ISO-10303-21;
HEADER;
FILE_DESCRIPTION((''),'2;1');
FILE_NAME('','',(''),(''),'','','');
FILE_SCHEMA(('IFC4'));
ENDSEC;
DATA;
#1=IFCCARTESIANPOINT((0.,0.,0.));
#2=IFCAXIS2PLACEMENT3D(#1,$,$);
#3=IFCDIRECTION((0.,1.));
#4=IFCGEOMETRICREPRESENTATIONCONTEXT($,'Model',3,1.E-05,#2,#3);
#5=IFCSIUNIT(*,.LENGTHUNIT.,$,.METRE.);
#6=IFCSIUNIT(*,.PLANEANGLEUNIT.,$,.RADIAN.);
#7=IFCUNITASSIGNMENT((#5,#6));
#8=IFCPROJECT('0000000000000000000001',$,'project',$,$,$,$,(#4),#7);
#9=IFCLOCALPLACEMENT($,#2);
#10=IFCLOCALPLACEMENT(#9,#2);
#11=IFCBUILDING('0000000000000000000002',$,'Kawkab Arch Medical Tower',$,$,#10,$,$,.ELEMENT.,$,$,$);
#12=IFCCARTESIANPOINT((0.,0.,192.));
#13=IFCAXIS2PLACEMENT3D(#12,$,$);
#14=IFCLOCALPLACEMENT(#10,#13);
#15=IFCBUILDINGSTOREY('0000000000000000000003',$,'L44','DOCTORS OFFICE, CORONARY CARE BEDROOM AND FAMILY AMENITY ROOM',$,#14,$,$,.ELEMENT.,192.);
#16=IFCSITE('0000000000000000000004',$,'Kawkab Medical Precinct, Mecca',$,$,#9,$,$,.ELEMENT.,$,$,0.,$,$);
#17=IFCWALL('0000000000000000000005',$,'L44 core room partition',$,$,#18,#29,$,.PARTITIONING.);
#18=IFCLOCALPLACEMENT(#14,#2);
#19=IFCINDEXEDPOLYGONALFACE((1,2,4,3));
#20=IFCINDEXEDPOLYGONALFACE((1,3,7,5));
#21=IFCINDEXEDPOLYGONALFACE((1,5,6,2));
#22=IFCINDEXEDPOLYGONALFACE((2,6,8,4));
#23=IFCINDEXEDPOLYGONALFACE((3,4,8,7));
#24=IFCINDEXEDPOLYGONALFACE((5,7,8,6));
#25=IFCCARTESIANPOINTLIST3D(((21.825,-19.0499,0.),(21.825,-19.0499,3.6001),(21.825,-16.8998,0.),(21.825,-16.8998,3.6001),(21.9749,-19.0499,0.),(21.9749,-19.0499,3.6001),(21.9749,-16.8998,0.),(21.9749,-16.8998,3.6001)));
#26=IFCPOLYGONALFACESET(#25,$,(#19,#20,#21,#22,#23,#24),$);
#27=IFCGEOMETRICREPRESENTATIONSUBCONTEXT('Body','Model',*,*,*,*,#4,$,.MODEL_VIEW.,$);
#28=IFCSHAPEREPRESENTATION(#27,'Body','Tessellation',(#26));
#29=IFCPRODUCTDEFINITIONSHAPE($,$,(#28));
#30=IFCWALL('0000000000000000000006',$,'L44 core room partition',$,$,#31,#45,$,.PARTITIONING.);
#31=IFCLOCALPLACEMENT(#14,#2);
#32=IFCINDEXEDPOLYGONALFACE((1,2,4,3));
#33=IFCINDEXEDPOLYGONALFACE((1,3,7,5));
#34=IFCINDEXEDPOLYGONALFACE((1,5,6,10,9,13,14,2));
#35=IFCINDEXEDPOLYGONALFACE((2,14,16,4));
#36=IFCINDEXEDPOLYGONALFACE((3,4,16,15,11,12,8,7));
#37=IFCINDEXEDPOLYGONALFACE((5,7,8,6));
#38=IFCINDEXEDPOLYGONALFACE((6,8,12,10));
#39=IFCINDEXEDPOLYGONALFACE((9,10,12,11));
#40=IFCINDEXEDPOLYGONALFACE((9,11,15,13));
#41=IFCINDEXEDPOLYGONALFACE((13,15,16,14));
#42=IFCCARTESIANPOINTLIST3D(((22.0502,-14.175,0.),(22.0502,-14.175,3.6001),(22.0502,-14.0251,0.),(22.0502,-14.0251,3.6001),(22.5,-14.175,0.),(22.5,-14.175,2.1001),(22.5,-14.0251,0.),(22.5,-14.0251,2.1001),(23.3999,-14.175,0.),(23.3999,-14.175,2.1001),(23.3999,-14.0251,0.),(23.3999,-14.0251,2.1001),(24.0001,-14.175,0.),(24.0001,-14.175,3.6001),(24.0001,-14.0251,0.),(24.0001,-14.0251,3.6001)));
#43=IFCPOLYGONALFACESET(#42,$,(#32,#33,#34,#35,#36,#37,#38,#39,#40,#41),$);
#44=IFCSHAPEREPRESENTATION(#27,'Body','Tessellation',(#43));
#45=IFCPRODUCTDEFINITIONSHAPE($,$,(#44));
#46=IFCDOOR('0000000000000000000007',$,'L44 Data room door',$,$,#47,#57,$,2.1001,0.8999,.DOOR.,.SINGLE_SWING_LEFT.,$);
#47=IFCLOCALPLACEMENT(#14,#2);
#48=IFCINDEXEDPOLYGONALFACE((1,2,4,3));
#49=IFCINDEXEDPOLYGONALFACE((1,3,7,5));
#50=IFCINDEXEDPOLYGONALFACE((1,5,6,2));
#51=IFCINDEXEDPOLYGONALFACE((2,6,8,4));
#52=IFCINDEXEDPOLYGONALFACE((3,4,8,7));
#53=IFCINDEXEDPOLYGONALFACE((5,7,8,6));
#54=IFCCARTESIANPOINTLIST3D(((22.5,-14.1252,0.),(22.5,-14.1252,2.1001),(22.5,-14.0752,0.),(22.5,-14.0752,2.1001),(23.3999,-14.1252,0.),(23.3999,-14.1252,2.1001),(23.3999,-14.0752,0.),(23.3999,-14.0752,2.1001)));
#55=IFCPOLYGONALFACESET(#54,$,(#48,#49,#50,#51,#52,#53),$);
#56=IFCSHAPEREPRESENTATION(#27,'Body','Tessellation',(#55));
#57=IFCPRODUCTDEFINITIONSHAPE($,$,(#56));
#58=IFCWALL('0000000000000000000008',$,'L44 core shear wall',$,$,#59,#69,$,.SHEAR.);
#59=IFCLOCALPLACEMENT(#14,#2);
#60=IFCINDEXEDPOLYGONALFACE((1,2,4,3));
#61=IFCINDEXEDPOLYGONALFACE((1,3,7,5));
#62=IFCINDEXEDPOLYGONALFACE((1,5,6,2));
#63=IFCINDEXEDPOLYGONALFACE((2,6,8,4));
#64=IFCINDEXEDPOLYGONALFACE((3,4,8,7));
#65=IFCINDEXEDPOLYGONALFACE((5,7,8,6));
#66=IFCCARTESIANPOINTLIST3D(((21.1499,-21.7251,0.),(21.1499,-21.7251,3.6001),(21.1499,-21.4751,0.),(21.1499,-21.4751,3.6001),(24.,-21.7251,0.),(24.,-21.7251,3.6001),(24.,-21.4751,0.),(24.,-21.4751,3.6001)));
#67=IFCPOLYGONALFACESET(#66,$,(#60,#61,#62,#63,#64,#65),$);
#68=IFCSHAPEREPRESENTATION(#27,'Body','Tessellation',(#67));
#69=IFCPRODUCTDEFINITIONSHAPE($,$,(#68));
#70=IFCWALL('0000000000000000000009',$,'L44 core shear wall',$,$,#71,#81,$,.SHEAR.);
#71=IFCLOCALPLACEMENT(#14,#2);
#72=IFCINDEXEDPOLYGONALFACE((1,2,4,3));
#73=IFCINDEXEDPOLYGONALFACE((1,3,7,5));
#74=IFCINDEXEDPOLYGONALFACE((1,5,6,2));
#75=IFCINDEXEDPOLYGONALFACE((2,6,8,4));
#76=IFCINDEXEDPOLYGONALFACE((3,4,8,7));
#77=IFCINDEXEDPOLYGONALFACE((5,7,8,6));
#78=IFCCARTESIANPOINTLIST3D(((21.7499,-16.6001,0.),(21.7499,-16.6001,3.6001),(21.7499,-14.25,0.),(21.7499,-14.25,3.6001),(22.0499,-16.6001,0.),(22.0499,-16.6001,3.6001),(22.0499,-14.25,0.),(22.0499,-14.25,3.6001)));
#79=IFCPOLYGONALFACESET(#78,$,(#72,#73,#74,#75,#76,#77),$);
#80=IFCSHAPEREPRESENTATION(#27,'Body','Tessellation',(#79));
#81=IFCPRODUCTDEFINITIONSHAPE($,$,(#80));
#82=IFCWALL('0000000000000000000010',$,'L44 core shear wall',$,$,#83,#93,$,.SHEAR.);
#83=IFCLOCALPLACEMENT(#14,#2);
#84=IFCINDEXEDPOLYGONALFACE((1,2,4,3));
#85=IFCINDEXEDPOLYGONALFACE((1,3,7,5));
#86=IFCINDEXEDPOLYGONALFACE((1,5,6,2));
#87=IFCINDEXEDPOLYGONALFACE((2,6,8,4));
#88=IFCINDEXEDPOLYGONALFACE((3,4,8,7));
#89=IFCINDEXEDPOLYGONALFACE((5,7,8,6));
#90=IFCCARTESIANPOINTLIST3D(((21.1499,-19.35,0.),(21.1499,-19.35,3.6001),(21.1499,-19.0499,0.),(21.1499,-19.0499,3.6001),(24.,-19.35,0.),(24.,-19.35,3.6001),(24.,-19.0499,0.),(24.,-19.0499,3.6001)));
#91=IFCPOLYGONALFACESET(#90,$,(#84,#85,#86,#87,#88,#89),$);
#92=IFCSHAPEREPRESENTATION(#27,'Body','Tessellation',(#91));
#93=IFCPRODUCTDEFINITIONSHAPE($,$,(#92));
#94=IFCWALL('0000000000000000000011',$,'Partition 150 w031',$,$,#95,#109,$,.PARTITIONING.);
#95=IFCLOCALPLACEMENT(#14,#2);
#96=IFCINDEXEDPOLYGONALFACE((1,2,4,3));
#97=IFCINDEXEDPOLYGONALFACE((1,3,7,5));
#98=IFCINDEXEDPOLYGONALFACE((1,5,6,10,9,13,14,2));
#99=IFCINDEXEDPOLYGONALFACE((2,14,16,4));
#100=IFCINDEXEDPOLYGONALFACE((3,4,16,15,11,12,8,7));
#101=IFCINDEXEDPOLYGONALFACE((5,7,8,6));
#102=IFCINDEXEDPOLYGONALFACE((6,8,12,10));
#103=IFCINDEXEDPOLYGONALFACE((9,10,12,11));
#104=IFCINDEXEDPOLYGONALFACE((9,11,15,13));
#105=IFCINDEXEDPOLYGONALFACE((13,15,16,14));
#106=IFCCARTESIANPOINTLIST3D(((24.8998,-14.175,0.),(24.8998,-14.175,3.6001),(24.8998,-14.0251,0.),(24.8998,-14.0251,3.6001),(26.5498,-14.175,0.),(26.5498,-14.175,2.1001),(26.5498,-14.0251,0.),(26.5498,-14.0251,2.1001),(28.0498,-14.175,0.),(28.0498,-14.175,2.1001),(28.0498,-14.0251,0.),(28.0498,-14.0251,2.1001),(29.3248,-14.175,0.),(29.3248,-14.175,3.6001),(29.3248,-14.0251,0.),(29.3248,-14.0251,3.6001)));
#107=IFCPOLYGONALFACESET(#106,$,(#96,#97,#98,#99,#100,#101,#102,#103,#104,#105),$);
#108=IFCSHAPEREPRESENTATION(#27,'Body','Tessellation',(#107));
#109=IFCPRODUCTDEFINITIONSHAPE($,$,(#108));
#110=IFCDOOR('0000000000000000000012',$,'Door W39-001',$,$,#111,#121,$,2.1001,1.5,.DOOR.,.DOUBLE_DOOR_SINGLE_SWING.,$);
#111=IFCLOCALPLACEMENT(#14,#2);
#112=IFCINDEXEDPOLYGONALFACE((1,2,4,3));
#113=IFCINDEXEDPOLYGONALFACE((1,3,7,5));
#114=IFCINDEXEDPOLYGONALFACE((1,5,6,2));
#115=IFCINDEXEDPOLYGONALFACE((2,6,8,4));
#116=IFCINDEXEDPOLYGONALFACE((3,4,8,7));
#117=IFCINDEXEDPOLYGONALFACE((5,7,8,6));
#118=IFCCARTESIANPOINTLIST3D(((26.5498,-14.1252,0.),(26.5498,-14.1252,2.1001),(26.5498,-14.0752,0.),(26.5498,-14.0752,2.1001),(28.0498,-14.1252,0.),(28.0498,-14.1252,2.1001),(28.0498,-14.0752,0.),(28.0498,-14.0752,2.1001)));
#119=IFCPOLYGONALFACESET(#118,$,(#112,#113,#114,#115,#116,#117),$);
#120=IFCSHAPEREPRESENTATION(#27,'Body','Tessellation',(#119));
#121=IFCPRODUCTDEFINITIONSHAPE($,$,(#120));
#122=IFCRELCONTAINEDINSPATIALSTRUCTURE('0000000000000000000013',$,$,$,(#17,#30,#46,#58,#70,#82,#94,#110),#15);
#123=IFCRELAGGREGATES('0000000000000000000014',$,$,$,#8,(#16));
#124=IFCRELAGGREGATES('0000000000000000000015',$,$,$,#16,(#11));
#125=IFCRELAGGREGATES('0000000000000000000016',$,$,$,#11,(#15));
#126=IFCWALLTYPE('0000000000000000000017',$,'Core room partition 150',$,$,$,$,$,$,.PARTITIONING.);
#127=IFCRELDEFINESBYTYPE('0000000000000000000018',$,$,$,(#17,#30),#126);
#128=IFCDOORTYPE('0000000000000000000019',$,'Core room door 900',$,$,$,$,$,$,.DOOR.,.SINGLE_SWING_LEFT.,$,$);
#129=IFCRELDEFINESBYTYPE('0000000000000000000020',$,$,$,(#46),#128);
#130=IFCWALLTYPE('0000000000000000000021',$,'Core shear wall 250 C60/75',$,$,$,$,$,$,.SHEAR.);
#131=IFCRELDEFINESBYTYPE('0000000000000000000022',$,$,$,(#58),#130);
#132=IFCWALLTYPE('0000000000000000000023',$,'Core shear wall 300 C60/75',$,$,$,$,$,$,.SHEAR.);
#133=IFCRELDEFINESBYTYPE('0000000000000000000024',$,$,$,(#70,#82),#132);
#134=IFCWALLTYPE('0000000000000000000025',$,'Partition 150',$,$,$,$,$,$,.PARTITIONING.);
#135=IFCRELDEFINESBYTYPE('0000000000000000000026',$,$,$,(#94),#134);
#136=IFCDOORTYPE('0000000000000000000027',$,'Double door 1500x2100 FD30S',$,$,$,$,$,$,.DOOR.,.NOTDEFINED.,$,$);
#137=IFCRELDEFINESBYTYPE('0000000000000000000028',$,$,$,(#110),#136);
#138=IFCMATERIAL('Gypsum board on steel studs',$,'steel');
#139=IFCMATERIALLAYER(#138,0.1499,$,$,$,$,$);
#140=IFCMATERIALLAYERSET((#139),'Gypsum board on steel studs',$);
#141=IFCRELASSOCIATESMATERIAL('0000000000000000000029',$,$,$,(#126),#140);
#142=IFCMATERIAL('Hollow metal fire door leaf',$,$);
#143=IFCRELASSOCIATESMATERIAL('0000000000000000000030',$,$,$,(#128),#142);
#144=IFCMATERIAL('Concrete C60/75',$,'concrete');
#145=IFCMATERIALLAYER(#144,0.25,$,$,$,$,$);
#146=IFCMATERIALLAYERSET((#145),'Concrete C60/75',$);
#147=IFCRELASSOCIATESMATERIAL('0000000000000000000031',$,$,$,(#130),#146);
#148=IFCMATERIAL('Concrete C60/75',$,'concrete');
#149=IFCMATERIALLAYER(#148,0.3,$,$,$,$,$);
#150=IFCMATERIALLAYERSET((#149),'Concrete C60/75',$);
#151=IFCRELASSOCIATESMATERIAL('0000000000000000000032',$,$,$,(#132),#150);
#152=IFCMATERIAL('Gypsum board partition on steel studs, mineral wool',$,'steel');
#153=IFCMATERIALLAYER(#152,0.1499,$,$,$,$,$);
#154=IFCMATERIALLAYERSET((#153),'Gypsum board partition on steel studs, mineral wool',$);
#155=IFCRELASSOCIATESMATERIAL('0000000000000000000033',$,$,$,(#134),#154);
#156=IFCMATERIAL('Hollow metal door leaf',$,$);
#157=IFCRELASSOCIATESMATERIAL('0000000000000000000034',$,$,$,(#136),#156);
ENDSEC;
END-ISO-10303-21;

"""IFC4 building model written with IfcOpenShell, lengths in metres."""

from ifc_helpers import new_model, si_unit, direction, frame, frame_2d, origin, place, context, subcontext, project, spatial, rectangle, extrude, material, layer, layer_set, type_object, element, fill, save


model = new_model("IFC4")

# Units and contexts
model_context = context("Model", 3, precision=1e-05, world=origin(), true_north=direction((0.0, 1.0)))
body_context = subcontext(model_context, "Body", "Model", "MODEL_VIEW")
ifc_project = project(units=[si_unit("LENGTHUNIT", "METRE"), si_unit("PLANEANGLEUNIT", "RADIAN")], contexts=[model_context])

# Site, building, storey
site_placement = place(None, origin())
site = spatial("IfcSite", under=ifc_project, at=site_placement, Name="Kawkab Medical Precinct, Mecca", CompositionType="ELEMENT", RefElevation=0.0)
building_placement = place(site_placement, origin())
building = spatial("IfcBuilding", under=site, at=building_placement, Name="Kawkab Arch Medical Tower", CompositionType="ELEMENT")
storey_placement = place(building_placement, frame((0.0, 0.0, 192.0)))
storey = spatial("IfcBuildingStorey", under=building, at=storey_placement, Name="L44", Description="DOCTORS OFFICE, CORONARY CARE BEDROOM AND FAMILY AMENITY ROOM", CompositionType="ELEMENT", Elevation=192.0)

# Wall
ifc_material_1 = material(Name="Gypsum board on steel studs", Category="steel")
ifc_layer_1 = layer(ifc_material_1, 0.1499)
ifc_layer_set_1 = layer_set([ifc_layer_1], Name="Gypsum board on steel studs")
wall_type_1 = type_object("IfcWallType", Name="Core room partition 150", PredefinedType="PARTITIONING", material=ifc_layer_set_1)
wall_1_placement = place(storey_placement, frame((21.8999, -19.05, 0.0), z_axis=(0.0, 0.0, 1.0), x_axis=(0.0, 1.0, 0.0)))
element("IfcWall", 1, at=wall_1_placement, inside=storey, type_object=wall_type_1, Name="L44 core room partition", PredefinedType="PARTITIONING", context=body_context, shape_type="SweptSolid", body=[
    extrude(rectangle(XDim=2.1501, YDim=0.1499, at=frame_2d((1.0752, 0.0))), origin(), (0.0, 0.0, 1.0), 3.6001),
])

# Wall, opening, door
wall_2_placement = place(storey_placement, frame((22.05, -14.1001, 0.0), z_axis=(0.0, 0.0, 1.0), x_axis=(1.0, 0.0, 0.0)))
wall_2 = element("IfcWall", 2, at=wall_2_placement, inside=storey, type_object=wall_type_1, Name="L44 core room partition", PredefinedType="PARTITIONING", context=body_context, shape_type="SweptSolid", body=[
    extrude(rectangle(XDim=1.95, YDim=0.1499, at=frame_2d((0.9751, 0.0))), origin(), (0.0, 0.0, 1.0), 3.6001),
])
opening_1_placement = place(wall_2_placement, frame((0.45, 0.0, 0.0)))
opening_1 = element("IfcOpeningElement", 3, at=opening_1_placement, cuts=wall_2, PredefinedType="OPENING", context=body_context, shape_type="SweptSolid", body=[
    extrude(rectangle(XDim=0.8999, YDim=2.1001, at=frame_2d((0.45, 1.05))), frame((0.0, 0.085, 0.0), z_axis=(0.0, -1.0, 0.0), x_axis=(1.0, 0.0, 0.0)), (0.0, 0.0, 1.0), 0.1699),
])
ifc_material_2 = material(Name="Hollow metal fire door leaf")
door_type_1 = type_object("IfcDoorType", Name="Core room door 900", OperationType="SINGLE_SWING_LEFT", PredefinedType="DOOR", material=ifc_material_2)
door_1_placement = place(opening_1_placement, origin())
door_1 = element("IfcDoor", 4, at=door_1_placement, inside=storey, type_object=door_type_1, Name="L44 Data room door", OperationType="SINGLE_SWING_LEFT", OverallHeight=2.1001, OverallWidth=0.8999, PredefinedType="DOOR", context=body_context, shape_type="SweptSolid", body=[
    extrude(rectangle(XDim=0.8999, YDim=2.1001, at=frame_2d((0.45, 1.05))), frame((0.0, 0.0249, 0.0), z_axis=(0.0, -1.0, 0.0), x_axis=(1.0, 0.0, 0.0)), (0.0, 0.0, 1.0), 0.05),
])
fill(opening_1, door_1)

# Walls
ifc_material_3 = material(Name="Concrete C60/75", Category="concrete")
ifc_layer_2 = layer(ifc_material_3, 0.25)
ifc_layer_set_2 = layer_set([ifc_layer_2], Name="Concrete C60/75")
wall_type_2 = type_object("IfcWallType", Name="Core shear wall 250 C60/75", PredefinedType="SHEAR", material=ifc_layer_set_2)
wall_3_placement = place(storey_placement, frame((21.1499, -21.6001, 0.0), z_axis=(0.0, 0.0, 1.0), x_axis=(1.0, 0.0, 0.0)))
element("IfcWall", 5, at=wall_3_placement, inside=storey, type_object=wall_type_2, Name="L44 core shear wall", PredefinedType="SHEAR", context=body_context, shape_type="SweptSolid", body=[
    extrude(rectangle(XDim=2.8501, YDim=0.25, at=frame_2d((1.425, 0.0))), origin(), (0.0, 0.0, 1.0), 3.6001),
])
ifc_material_4 = material(Name="Concrete C60/75", Category="concrete")
ifc_layer_3 = layer(ifc_material_4, 0.3)
ifc_layer_set_3 = layer_set([ifc_layer_3], Name="Concrete C60/75")
wall_type_3 = type_object("IfcWallType", Name="Core shear wall 300 C60/75", PredefinedType="SHEAR", material=ifc_layer_set_3)
wall_4_placement = place(storey_placement, frame((21.8999, -16.6001, 0.0), z_axis=(0.0, 0.0, 1.0), x_axis=(0.0, 1.0, 0.0)))
element("IfcWall", 6, at=wall_4_placement, inside=storey, type_object=wall_type_3, Name="L44 core shear wall", PredefinedType="SHEAR", context=body_context, shape_type="SweptSolid", body=[
    extrude(rectangle(XDim=2.3501, YDim=0.3, at=frame_2d((1.175, 0.0))), origin(), (0.0, 0.0, 1.0), 3.6001),
])
wall_5_placement = place(storey_placement, frame((21.1499, -19.2, 0.0), z_axis=(0.0, 0.0, 1.0), x_axis=(1.0, 0.0, 0.0)))
element("IfcWall", 7, at=wall_5_placement, inside=storey, type_object=wall_type_3, Name="L44 core shear wall", PredefinedType="SHEAR", context=body_context, shape_type="SweptSolid", body=[
    extrude(rectangle(XDim=2.8501, YDim=0.3, at=frame_2d((1.425, 0.0))), origin(), (0.0, 0.0, 1.0), 3.6001),
])

# Wall, opening, door
ifc_material_5 = material(Name="Gypsum board partition on steel studs, mineral wool", Category="steel")
ifc_layer_4 = layer(ifc_material_5, 0.1499)
ifc_layer_set_4 = layer_set([ifc_layer_4], Name="Gypsum board partition on steel studs, mineral wool")
wall_type_4 = type_object("IfcWallType", Name="Partition 150", PredefinedType="PARTITIONING", material=ifc_layer_set_4)
wall_6_placement = place(storey_placement, frame((24.8999, -14.1001, 0.0), z_axis=(0.0, 0.0, 1.0), x_axis=(1.0, 0.0, 0.0)))
wall_6 = element("IfcWall", 8, at=wall_6_placement, inside=storey, type_object=wall_type_4, Name="Partition 150 w031", PredefinedType="PARTITIONING", context=body_context, shape_type="SweptSolid", body=[
    extrude(rectangle(XDim=4.425, YDim=0.1499, at=frame_2d((2.2124, 0.0))), origin(), (0.0, 0.0, 1.0), 3.6001),
])
opening_2_placement = place(wall_6_placement, frame((1.6499, 0.0, 0.0)))
opening_2 = element("IfcOpeningElement", 9, at=opening_2_placement, cuts=wall_6, PredefinedType="OPENING", context=body_context, shape_type="SweptSolid", body=[
    extrude(rectangle(XDim=1.5, YDim=2.1001, at=frame_2d((0.75, 1.05))), frame((0.0, 0.085, 0.0), z_axis=(0.0, -1.0, 0.0), x_axis=(1.0, 0.0, 0.0)), (0.0, 0.0, 1.0), 0.1699),
])
ifc_material_6 = material(Name="Hollow metal door leaf")
door_type_2 = type_object("IfcDoorType", Name="Double door 1500x2100 FD30S", OperationType="NOTDEFINED", PredefinedType="DOOR", material=ifc_material_6)
door_2_placement = place(opening_2_placement, origin())
door_2 = element("IfcDoor", 10, at=door_2_placement, inside=storey, type_object=door_type_2, Name="Door W39-001", OperationType="DOUBLE_DOOR_SINGLE_SWING", OverallHeight=2.1001, OverallWidth=1.5, PredefinedType="DOOR", context=body_context, shape_type="SweptSolid", body=[
    extrude(rectangle(XDim=1.5, YDim=2.1001, at=frame_2d((0.75, 1.05))), frame((0.0, 0.0249, 0.0), z_axis=(0.0, -1.0, 0.0), x_axis=(1.0, 0.0, 0.0)), (0.0, 0.0, 1.0), 0.05),
])
fill(opening_2, door_2)

save(model, "model.ifc")
